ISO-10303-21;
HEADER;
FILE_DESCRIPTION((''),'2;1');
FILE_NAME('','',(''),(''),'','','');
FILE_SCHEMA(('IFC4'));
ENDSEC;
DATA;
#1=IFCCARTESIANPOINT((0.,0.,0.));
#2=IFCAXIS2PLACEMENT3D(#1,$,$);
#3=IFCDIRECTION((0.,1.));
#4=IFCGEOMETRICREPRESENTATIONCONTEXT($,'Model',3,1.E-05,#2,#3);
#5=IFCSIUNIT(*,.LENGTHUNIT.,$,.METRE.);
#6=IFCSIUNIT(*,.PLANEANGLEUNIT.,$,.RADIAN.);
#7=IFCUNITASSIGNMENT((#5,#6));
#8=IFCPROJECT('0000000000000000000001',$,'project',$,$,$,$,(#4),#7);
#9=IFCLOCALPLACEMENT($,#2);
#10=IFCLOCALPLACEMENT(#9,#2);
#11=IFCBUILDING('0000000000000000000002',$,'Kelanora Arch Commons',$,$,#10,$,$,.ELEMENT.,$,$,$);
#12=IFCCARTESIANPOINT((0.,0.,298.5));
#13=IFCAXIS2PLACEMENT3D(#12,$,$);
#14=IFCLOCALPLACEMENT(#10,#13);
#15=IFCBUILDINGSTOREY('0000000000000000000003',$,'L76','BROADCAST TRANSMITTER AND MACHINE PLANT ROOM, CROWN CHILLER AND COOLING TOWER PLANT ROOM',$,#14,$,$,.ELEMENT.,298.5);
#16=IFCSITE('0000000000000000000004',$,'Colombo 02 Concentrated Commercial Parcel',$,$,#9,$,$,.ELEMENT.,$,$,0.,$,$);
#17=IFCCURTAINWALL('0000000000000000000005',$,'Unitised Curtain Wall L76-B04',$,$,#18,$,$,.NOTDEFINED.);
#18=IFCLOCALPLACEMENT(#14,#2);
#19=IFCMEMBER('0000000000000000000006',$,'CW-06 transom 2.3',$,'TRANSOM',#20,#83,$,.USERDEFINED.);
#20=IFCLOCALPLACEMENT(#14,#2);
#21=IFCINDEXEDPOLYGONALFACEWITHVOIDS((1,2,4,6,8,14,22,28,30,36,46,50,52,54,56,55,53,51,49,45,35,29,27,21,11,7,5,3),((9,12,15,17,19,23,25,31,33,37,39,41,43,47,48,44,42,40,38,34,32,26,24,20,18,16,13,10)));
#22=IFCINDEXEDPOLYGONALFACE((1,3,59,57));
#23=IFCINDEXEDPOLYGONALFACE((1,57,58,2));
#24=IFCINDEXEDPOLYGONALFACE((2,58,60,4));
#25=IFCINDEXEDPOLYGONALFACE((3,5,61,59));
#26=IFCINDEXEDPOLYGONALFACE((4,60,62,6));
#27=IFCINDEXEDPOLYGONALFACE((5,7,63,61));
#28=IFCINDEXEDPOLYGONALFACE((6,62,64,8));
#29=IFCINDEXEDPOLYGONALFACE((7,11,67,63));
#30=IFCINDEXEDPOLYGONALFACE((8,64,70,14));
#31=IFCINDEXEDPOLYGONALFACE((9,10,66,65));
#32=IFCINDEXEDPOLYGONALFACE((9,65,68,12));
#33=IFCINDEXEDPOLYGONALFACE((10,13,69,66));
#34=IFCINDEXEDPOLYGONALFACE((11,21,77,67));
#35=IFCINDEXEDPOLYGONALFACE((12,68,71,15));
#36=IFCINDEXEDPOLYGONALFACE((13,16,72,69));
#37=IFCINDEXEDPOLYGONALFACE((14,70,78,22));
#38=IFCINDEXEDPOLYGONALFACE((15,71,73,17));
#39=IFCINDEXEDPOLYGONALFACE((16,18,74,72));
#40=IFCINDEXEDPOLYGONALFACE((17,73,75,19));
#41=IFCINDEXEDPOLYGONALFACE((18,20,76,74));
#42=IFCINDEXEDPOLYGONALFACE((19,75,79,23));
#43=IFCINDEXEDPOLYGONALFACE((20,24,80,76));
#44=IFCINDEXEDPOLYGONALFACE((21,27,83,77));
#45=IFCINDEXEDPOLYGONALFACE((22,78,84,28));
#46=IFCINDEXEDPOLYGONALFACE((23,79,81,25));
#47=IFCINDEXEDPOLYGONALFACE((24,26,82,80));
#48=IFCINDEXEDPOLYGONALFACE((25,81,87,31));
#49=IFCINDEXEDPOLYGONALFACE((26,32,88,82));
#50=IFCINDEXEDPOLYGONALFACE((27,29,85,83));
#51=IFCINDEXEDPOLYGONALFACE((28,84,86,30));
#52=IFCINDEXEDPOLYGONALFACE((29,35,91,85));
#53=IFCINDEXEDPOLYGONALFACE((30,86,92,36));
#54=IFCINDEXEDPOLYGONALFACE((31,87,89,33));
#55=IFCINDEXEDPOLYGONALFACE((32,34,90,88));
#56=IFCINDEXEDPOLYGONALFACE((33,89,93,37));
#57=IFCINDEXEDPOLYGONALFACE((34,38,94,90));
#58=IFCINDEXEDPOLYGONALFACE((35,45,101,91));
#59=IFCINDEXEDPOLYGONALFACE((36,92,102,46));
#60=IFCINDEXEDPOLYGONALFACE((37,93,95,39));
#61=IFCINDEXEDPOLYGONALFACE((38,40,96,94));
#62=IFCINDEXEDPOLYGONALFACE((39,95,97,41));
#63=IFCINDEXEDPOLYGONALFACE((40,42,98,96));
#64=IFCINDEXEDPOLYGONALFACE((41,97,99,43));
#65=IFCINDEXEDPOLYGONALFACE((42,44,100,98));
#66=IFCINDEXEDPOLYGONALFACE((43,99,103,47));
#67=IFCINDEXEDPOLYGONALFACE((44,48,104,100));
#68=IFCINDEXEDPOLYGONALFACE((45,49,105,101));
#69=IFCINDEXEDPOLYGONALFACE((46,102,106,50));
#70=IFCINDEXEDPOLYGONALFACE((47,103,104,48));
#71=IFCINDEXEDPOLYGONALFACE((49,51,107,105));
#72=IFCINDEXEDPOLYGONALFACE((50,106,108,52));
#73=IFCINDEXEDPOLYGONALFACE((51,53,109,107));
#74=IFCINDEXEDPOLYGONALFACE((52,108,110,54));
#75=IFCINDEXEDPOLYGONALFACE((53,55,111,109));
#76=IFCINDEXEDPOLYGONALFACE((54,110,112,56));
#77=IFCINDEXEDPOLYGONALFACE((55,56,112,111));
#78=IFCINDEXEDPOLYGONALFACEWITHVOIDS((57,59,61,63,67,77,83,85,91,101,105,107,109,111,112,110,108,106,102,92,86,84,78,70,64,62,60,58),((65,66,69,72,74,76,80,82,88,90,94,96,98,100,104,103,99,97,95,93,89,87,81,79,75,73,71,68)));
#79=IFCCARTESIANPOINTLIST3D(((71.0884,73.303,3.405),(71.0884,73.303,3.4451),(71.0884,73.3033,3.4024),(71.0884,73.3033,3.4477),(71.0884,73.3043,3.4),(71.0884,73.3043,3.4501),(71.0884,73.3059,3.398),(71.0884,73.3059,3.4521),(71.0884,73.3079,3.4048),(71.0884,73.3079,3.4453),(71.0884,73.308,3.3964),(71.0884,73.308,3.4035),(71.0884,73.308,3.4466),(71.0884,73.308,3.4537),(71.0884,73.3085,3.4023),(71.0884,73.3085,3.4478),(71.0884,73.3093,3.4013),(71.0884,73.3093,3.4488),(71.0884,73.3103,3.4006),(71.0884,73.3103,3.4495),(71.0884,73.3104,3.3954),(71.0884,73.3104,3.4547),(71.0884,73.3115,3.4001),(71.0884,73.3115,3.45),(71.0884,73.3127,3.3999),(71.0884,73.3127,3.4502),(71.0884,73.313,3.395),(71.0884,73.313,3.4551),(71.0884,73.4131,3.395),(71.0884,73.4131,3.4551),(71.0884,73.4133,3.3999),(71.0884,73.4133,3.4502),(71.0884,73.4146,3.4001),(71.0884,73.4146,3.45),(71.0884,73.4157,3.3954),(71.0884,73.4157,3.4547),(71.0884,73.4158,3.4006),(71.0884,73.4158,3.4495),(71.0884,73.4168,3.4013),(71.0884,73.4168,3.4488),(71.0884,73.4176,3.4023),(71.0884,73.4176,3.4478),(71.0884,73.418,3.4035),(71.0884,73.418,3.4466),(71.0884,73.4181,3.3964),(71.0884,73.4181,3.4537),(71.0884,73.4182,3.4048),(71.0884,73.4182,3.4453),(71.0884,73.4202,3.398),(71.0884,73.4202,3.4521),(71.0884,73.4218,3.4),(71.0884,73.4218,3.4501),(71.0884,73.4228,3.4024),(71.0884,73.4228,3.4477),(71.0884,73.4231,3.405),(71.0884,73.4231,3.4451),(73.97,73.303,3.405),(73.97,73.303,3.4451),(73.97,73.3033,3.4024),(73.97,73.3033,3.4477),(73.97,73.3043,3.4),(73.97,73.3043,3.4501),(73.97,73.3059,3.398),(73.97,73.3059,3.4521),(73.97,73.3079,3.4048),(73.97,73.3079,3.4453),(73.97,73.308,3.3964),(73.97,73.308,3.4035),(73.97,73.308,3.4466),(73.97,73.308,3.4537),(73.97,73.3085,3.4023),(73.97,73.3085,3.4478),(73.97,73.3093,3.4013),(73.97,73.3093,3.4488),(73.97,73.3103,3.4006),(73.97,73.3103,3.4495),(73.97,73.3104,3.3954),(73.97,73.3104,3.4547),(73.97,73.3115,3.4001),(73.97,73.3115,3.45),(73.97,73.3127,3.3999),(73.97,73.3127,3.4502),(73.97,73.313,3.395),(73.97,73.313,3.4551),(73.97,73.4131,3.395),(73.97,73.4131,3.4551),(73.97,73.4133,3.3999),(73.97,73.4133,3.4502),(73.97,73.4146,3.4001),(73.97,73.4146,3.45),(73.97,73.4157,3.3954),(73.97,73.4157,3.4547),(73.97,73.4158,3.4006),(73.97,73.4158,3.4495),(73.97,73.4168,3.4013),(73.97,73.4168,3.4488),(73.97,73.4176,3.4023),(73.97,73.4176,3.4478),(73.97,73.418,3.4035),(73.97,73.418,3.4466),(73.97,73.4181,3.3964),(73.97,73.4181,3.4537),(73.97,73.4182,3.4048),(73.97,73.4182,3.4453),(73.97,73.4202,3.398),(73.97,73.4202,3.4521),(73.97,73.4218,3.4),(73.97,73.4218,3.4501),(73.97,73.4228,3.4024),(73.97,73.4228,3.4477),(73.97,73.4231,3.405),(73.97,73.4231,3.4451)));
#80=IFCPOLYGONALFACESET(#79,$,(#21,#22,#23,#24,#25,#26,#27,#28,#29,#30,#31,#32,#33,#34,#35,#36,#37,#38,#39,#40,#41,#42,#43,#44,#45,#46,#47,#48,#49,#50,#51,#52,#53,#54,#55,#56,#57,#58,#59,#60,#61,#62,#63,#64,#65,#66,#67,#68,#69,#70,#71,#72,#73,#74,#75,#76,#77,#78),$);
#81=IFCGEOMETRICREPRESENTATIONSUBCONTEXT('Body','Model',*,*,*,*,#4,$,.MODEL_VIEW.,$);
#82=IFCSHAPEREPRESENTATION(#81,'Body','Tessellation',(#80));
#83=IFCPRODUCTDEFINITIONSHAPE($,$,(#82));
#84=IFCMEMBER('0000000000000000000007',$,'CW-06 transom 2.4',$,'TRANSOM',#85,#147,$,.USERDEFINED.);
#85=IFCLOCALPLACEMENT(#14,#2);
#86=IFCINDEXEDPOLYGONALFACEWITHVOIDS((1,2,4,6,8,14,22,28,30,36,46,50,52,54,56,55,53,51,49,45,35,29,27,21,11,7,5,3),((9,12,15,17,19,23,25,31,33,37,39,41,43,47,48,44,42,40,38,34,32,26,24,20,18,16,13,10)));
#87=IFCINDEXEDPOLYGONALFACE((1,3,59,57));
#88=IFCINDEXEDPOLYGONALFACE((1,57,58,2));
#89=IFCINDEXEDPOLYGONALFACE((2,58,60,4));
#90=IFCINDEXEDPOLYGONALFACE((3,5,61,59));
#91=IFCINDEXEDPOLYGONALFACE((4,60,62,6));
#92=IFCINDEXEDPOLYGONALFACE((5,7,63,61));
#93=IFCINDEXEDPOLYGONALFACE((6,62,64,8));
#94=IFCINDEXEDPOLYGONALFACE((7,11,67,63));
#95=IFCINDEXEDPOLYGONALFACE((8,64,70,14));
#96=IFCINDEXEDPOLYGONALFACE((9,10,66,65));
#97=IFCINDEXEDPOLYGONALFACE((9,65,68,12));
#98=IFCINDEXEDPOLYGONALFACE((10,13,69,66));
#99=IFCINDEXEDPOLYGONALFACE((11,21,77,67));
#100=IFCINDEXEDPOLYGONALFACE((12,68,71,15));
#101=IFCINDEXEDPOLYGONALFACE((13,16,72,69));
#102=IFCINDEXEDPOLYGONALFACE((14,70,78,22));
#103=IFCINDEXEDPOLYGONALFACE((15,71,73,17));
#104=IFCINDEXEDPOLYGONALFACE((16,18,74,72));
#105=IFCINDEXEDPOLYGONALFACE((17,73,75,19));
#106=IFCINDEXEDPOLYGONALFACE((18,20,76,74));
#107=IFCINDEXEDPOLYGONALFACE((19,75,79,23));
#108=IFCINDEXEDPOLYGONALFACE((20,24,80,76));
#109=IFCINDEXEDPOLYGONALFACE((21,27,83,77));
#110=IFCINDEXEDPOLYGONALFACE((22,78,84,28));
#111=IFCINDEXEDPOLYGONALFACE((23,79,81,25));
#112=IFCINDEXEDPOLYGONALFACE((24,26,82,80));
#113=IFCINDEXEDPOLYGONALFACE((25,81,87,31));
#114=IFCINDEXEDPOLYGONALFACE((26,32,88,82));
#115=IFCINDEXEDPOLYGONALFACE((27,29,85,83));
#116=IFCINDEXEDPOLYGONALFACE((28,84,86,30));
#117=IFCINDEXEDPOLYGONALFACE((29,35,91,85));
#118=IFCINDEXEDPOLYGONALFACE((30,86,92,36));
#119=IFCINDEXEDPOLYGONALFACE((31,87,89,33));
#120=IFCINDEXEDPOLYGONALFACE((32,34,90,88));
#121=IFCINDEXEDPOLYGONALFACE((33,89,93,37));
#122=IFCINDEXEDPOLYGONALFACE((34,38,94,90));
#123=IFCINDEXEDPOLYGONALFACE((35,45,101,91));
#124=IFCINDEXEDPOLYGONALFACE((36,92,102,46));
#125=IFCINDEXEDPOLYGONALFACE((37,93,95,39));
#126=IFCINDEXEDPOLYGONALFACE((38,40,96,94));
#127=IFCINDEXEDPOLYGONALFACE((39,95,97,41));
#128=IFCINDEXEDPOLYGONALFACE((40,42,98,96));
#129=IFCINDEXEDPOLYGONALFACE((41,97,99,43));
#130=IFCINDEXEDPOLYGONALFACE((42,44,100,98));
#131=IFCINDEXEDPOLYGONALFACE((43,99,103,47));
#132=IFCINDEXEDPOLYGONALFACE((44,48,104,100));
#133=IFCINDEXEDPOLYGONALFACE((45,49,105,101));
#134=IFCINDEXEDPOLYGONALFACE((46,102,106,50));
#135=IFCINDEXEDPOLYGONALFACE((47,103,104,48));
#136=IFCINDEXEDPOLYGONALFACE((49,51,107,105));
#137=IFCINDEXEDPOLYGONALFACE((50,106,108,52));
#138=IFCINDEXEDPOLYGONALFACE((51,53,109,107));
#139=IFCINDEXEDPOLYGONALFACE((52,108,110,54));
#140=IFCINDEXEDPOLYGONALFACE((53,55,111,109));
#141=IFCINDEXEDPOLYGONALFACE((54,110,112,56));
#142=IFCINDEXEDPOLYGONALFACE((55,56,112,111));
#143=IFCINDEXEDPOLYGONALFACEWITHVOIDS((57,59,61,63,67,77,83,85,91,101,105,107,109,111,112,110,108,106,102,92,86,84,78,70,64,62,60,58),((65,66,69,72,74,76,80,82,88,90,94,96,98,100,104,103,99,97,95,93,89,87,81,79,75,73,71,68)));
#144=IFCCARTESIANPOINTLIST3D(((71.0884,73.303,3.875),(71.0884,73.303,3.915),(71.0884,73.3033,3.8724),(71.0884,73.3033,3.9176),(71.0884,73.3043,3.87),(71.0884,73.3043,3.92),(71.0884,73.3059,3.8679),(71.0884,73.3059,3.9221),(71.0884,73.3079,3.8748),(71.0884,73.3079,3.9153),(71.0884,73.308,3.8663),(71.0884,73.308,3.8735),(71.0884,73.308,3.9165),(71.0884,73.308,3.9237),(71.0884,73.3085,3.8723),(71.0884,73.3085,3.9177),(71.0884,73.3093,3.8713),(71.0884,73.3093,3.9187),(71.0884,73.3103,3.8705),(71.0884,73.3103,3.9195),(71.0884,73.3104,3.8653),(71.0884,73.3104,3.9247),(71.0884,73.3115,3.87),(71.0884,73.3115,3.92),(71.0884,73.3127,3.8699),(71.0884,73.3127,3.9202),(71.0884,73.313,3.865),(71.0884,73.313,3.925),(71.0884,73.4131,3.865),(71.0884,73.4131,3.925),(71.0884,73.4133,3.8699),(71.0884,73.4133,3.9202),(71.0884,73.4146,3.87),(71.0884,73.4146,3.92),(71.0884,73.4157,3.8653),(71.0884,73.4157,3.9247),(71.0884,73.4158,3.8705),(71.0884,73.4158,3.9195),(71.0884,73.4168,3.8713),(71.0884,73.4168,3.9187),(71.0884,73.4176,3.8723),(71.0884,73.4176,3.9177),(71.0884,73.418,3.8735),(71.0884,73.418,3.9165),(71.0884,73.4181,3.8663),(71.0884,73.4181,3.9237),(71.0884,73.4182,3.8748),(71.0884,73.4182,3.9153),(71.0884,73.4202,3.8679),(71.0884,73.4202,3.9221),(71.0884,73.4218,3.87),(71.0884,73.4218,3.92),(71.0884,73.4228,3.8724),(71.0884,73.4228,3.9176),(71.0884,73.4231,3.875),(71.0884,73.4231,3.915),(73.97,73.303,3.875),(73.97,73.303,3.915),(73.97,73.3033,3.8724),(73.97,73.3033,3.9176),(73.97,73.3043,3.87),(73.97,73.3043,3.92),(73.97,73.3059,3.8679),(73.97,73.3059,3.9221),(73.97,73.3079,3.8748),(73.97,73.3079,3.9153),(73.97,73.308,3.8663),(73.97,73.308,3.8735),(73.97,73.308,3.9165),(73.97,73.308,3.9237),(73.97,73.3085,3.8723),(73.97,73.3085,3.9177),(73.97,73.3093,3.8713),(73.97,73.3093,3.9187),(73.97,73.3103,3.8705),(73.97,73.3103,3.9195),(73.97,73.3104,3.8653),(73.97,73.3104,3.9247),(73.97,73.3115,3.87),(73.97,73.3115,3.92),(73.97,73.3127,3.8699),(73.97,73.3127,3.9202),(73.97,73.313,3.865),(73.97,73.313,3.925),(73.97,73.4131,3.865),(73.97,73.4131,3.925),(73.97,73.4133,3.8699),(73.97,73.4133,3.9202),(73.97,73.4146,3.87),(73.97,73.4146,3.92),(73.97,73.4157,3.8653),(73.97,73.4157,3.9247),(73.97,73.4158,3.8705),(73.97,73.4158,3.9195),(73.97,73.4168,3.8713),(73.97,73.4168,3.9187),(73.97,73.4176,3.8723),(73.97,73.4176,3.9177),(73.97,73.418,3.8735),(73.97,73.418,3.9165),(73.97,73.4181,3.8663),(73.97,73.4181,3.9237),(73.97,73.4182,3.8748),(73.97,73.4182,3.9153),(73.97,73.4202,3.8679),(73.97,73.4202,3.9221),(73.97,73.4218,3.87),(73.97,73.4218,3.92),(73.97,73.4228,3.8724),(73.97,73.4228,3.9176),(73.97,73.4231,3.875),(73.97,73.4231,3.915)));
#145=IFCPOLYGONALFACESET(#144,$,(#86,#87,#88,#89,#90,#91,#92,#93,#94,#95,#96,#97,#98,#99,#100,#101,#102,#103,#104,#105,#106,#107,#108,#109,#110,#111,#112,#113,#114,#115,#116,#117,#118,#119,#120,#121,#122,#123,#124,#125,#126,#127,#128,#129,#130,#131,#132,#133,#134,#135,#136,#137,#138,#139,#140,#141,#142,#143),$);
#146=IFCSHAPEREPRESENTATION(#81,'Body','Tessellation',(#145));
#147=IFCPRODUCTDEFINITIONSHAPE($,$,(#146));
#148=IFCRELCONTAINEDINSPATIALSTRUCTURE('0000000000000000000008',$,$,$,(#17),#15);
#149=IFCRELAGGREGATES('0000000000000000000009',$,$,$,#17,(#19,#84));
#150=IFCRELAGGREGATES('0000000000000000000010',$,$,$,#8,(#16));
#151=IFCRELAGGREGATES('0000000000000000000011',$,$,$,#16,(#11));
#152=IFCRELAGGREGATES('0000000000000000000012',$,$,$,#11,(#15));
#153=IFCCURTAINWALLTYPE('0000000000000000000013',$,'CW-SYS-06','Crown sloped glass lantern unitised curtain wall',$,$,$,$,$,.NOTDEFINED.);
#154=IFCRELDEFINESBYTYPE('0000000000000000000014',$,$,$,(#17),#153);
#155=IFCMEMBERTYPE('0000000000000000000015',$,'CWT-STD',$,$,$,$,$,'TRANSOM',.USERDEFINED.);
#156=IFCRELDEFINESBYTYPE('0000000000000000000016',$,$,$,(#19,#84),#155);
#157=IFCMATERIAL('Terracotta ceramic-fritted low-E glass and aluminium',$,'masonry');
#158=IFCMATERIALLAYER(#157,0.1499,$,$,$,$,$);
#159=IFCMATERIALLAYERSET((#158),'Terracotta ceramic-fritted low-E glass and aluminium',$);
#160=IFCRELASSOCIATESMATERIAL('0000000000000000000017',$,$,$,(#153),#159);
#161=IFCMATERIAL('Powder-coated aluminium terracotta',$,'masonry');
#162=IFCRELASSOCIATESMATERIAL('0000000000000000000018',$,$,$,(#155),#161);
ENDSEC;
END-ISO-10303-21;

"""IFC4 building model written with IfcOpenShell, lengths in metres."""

from ifc_helpers import new_model, si_unit, direction, frame, origin, origin_2d, place, context, subcontext, project, spatial, hollow_rectangle, extrude, material, layer, layer_set, material_profile, profile_set, type_object, element, aggregate, save


model = new_model("IFC4")

# Units and contexts
model_context = context("Model", 3, precision=1e-05, world=origin(), true_north=direction((0.0, 1.0)))
body_context = subcontext(model_context, "Body", "Model", "MODEL_VIEW")
ifc_project = project(units=[si_unit("LENGTHUNIT", "METRE"), si_unit("PLANEANGLEUNIT", "RADIAN")], contexts=[model_context])

# Site, building, storey
site_placement = place(None, origin())
site = spatial("IfcSite", under=ifc_project, at=site_placement, Name="Colombo 02 Concentrated Commercial Parcel", CompositionType="ELEMENT", RefElevation=0.0)
building_placement = place(site_placement, origin())
building = spatial("IfcBuilding", under=site, at=building_placement, Name="Kelanora Arch Commons", CompositionType="ELEMENT")
storey_placement = place(building_placement, frame((0.0, 0.0, 298.5)))
storey = spatial("IfcBuildingStorey", under=building, at=storey_placement, Name="L76", Description="BROADCAST TRANSMITTER AND MACHINE PLANT ROOM, CROWN CHILLER AND COOLING TOWER PLANT ROOM", CompositionType="ELEMENT", Elevation=298.5)

# Curtain wall
ifc_material_1 = material(Name="Terracotta ceramic-fritted low-E glass and aluminium", Category="masonry")
ifc_layer_1 = layer(ifc_material_1, 0.1499)
ifc_layer_set_1 = layer_set([ifc_layer_1], Name="Terracotta ceramic-fritted low-E glass and aluminium")
curtain_wall_type = type_object("IfcCurtainWallType", Name="CW-SYS-06", Description="Crown sloped glass lantern unitised curtain wall", PredefinedType="NOTDEFINED", material=ifc_layer_set_1)
curtain_wall_1_placement = place(storey_placement, origin())
curtain_wall_1 = element("IfcCurtainWall", 1, at=curtain_wall_1_placement, inside=storey, type_object=curtain_wall_type, Name="Unitised Curtain Wall L76-B04", PredefinedType="NOTDEFINED")
ifc_material_2 = material(Name="Powder-coated aluminium terracotta", Category="masonry")

# Members
ifc_material_profile_1 = material_profile(ifc_material_2, hollow_rectangle(XDim=0.1201, YDim=0.0601, WallThickness=0.0049, InnerFilletRadius=0.0049, OuterFilletRadius=0.01, at=origin_2d()), Name="CWT120x60")
ifc_profile_set_1 = profile_set([ifc_material_profile_1], Name="Powder-coated aluminium terracotta")
member_type_1 = type_object("IfcMemberType", Name="CWT-STD", ElementType="TRANSOM", PredefinedType="USERDEFINED", material=ifc_profile_set_1)
member_1_placement = place(storey_placement, frame((73.97, 73.363, 3.425), z_axis=(-1.0, 0.0, 0.0), x_axis=(0.0, -1.0, 0.0)))
member_1 = element("IfcMember", 2, at=member_1_placement, type_object=member_type_1, Name="CW-06 transom 2.3", ObjectType="TRANSOM", PredefinedType="USERDEFINED", context=body_context, shape_type="SweptSolid", body=[
    extrude(hollow_rectangle(XDim=0.1201, YDim=0.0601, WallThickness=0.0049, InnerFilletRadius=0.0049, OuterFilletRadius=0.01, at=origin_2d()), origin(), (0.0, 0.0, 1.0), 2.8816),
])
member_2_placement = place(storey_placement, frame((73.97, 73.363, 3.895), z_axis=(-1.0, 0.0, 0.0), x_axis=(0.0, -1.0, 0.0)))
member_2 = element("IfcMember", 3, at=member_2_placement, type_object=member_type_1, Name="CW-06 transom 2.4", ObjectType="TRANSOM", PredefinedType="USERDEFINED", context=body_context, shape_type="SweptSolid", body=[
    extrude(hollow_rectangle(XDim=0.1201, YDim=0.0601, WallThickness=0.0049, InnerFilletRadius=0.0049, OuterFilletRadius=0.01, at=origin_2d()), origin(), (0.0, 0.0, 1.0), 2.8816),
])

aggregate(curtain_wall_1, [member_1, member_2])

save(model, "model.ifc")
